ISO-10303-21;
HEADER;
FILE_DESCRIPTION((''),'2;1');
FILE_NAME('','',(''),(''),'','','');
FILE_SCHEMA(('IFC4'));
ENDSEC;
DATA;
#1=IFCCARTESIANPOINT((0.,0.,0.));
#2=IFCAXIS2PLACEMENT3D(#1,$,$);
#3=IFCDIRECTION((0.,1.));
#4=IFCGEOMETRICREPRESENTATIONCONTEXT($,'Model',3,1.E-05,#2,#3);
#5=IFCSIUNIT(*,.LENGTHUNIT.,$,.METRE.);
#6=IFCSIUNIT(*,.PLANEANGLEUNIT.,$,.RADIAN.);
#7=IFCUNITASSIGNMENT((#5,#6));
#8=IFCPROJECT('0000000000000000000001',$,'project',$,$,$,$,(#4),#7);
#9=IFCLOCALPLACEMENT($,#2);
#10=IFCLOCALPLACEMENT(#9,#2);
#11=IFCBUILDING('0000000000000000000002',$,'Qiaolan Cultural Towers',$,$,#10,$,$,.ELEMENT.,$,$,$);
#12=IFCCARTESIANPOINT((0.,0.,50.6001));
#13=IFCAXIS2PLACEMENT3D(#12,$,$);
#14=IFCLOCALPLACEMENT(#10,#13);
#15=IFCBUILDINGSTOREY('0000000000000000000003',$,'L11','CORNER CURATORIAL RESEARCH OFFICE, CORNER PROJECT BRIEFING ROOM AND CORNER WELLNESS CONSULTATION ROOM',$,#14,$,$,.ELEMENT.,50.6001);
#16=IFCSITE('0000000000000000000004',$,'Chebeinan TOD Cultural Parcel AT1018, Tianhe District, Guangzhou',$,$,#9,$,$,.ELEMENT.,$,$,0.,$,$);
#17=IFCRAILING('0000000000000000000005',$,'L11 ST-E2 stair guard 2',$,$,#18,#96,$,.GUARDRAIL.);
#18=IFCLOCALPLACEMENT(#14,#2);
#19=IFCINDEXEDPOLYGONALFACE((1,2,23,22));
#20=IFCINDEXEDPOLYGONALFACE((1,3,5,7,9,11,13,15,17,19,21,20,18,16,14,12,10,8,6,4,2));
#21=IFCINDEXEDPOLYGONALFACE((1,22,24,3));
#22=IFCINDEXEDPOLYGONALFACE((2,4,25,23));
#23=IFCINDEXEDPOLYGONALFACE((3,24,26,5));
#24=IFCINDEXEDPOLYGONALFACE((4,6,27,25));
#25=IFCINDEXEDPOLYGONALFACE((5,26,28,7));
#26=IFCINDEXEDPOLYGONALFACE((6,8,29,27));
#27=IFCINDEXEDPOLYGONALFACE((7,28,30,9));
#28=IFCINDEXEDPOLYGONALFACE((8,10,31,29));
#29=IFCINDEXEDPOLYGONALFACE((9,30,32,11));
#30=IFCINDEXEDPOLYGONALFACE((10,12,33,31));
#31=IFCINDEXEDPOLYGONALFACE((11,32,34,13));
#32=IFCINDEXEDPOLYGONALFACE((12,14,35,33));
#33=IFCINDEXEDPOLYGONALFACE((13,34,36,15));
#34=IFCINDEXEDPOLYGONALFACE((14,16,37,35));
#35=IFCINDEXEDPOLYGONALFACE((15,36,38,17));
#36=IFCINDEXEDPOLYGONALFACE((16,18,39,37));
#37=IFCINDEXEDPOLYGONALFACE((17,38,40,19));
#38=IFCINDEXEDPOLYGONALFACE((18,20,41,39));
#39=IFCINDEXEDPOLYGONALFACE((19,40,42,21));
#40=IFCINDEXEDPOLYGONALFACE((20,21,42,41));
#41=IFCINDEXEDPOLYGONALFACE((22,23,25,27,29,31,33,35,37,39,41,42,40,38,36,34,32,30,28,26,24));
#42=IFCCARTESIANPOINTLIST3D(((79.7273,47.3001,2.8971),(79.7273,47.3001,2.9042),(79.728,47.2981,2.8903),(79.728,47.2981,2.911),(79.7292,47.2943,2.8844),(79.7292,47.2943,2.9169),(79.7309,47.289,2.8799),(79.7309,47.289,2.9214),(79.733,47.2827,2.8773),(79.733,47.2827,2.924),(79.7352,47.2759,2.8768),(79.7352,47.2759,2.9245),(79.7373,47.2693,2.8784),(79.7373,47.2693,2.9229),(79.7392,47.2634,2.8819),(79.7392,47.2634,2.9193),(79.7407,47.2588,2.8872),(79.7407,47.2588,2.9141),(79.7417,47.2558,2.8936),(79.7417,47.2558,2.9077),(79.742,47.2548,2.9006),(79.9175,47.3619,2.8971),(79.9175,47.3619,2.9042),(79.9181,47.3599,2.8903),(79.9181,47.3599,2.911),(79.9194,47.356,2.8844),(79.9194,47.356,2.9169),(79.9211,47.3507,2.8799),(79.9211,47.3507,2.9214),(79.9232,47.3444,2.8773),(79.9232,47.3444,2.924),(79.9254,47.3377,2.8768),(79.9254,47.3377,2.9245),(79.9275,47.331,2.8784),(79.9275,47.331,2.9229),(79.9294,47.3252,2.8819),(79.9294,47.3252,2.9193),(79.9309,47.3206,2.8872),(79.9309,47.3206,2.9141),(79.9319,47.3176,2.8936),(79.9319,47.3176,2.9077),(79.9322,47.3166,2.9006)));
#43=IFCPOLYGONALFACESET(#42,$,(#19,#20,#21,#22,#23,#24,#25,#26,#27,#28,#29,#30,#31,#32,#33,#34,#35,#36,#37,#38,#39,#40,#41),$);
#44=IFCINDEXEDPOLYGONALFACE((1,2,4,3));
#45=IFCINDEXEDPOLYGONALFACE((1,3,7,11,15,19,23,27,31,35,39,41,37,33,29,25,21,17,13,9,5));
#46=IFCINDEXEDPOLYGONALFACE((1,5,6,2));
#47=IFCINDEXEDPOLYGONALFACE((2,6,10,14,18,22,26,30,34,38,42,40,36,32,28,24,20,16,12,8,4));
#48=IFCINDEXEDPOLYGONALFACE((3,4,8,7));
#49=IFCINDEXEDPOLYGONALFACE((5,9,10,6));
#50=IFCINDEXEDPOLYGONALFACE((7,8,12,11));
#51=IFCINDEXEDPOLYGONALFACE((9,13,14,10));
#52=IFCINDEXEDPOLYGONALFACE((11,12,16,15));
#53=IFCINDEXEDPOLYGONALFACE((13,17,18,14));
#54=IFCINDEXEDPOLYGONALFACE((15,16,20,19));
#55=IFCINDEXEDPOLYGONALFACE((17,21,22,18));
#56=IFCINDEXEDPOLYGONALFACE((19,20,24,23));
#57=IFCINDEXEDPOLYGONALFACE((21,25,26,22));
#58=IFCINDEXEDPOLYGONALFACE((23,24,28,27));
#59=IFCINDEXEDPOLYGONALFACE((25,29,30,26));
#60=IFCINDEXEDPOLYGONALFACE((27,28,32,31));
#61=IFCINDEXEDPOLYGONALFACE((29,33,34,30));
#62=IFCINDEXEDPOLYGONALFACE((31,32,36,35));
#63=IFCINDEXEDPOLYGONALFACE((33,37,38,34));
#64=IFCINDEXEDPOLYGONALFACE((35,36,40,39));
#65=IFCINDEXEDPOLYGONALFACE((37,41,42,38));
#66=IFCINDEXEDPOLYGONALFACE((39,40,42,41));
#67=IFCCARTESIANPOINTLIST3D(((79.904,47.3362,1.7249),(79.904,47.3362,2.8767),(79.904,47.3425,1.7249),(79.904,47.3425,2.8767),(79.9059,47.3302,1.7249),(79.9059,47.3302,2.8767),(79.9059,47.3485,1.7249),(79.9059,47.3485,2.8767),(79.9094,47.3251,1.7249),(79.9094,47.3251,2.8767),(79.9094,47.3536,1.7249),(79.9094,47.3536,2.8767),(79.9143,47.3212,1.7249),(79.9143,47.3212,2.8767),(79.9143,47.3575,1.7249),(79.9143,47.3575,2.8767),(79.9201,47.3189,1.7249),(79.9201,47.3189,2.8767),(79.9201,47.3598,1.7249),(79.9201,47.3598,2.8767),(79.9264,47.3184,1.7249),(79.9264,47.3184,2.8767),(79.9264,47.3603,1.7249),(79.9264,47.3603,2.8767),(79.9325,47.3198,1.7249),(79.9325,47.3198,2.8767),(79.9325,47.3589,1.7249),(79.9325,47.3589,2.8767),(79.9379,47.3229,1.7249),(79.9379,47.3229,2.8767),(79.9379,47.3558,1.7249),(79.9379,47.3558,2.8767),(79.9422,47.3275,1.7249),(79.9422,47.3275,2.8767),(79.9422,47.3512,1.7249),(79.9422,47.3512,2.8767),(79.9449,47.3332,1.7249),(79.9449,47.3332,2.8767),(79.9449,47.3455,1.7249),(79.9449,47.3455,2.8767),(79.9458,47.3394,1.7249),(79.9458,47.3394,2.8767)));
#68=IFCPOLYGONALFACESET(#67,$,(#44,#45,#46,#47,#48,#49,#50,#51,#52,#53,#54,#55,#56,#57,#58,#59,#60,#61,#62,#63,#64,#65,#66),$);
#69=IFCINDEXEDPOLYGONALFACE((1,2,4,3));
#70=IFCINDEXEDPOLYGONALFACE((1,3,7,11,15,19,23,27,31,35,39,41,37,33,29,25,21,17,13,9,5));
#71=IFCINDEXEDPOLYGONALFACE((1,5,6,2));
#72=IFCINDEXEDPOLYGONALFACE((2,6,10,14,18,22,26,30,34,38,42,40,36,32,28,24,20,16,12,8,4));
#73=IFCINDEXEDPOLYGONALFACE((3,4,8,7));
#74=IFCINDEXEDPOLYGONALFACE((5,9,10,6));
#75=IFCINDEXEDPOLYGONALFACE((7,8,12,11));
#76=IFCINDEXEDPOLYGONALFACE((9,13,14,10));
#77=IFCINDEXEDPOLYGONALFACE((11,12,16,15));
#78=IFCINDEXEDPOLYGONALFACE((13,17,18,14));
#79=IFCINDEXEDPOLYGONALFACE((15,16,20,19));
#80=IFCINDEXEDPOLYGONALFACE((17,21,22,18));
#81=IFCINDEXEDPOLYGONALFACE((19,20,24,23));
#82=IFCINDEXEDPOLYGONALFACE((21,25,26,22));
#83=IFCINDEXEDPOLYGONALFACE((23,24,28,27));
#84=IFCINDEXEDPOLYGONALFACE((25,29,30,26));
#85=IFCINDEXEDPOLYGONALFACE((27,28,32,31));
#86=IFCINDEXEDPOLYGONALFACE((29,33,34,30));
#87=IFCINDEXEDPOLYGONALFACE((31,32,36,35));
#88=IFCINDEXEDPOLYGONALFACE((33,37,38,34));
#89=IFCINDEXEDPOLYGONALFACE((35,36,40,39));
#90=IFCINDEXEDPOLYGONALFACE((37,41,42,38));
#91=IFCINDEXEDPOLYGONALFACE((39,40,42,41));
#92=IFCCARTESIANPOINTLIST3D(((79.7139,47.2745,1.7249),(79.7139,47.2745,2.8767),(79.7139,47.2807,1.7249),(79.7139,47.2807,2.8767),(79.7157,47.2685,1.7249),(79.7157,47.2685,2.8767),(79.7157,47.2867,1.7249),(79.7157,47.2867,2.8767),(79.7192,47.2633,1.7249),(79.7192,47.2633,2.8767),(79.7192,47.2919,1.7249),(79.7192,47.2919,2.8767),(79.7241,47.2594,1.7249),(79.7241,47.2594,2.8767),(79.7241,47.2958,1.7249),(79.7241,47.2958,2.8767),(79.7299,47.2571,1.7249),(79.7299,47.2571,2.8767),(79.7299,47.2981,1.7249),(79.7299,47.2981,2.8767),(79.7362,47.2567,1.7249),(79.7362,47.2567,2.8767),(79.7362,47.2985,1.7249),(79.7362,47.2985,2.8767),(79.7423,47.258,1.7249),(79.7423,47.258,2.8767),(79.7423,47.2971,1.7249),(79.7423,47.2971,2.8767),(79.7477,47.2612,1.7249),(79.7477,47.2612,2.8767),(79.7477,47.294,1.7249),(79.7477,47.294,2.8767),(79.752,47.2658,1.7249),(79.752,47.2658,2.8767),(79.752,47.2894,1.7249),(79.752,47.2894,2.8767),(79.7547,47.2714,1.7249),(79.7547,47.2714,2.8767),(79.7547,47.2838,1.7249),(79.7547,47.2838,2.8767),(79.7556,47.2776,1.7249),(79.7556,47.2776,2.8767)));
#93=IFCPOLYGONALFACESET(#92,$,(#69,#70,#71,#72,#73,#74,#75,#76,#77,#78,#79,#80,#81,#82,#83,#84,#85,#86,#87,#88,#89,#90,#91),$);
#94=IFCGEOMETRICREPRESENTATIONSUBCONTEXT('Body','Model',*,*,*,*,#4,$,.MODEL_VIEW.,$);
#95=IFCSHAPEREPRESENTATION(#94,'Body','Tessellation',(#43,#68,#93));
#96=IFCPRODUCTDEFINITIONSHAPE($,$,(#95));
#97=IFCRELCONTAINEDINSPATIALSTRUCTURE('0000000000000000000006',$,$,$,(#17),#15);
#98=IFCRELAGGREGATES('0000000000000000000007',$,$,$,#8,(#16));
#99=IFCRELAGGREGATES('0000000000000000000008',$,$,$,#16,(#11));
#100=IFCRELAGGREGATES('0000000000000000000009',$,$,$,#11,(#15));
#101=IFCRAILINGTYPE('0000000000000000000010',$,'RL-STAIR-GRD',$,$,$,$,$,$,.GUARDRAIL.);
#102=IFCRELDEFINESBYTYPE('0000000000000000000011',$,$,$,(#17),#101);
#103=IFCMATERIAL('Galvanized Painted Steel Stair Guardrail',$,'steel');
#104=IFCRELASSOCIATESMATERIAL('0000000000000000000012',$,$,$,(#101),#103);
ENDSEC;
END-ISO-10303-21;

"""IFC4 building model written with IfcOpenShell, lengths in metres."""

from ifc_helpers import new_model, si_unit, direction, frame, origin, origin_2d, place, context, subcontext, project, spatial, circle, extrude, material, type_object, element, save


model = new_model("IFC4")

# Units and contexts
model_context = context("Model", 3, precision=1e-05, world=origin(), true_north=direction((0.0, 1.0)))
body_context = subcontext(model_context, "Body", "Model", "MODEL_VIEW")
ifc_project = project(units=[si_unit("LENGTHUNIT", "METRE"), si_unit("PLANEANGLEUNIT", "RADIAN")], contexts=[model_context])

# Site, building, storey
site_placement = place(None, origin())
site = spatial("IfcSite", under=ifc_project, at=site_placement, Name="Chebeinan TOD Cultural Parcel AT1018, Tianhe District, Guangzhou", CompositionType="ELEMENT", RefElevation=0.0)
building_placement = place(site_placement, origin())
building = spatial("IfcBuilding", under=site, at=building_placement, Name="Qiaolan Cultural Towers", CompositionType="ELEMENT")
storey_placement = place(building_placement, frame((0.0, 0.0, 50.6001)))
storey = spatial("IfcBuildingStorey", under=building, at=storey_placement, Name="L11", Description="CORNER CURATORIAL RESEARCH OFFICE, CORNER PROJECT BRIEFING ROOM AND CORNER WELLNESS CONSULTATION ROOM", CompositionType="ELEMENT", Elevation=50.6001)

# Railing
ifc_material_1 = material(Name="Galvanized Painted Steel Stair Guardrail", Category="steel")
railing_type_1 = type_object("IfcRailingType", Name="RL-STAIR-GRD", PredefinedType="GUARDRAIL", material=ifc_material_1)
railing_1_placement = place(storey_placement, frame((79.9248, 47.3394, 1.7249)))
element("IfcRailing", 1, at=railing_1_placement, inside=storey, type_object=railing_type_1, Name="L11 ST-E2 stair guard 2", PredefinedType="GUARDRAIL", context=body_context, shape_type="SweptSolid", body=[
    extrude(circle(Radius=0.0239, at=origin_2d()), frame((0.0, 0.0, 1.1758), z_axis=(-0.951097, -0.308893, 0.0), x_axis=(0.308893, -0.951097, 0.0)), (0.0, 0.0, 1.0), 0.2),
    extrude(circle(Radius=0.021, at=origin_2d()), origin(), (0.0, 0.0, 1.0), 1.1519),
    extrude(circle(Radius=0.021, at=origin_2d()), frame((-0.1902, -0.0618, 0.0)), (0.0, 0.0, 1.0), 1.1519),
])

save(model, "model.ifc")
